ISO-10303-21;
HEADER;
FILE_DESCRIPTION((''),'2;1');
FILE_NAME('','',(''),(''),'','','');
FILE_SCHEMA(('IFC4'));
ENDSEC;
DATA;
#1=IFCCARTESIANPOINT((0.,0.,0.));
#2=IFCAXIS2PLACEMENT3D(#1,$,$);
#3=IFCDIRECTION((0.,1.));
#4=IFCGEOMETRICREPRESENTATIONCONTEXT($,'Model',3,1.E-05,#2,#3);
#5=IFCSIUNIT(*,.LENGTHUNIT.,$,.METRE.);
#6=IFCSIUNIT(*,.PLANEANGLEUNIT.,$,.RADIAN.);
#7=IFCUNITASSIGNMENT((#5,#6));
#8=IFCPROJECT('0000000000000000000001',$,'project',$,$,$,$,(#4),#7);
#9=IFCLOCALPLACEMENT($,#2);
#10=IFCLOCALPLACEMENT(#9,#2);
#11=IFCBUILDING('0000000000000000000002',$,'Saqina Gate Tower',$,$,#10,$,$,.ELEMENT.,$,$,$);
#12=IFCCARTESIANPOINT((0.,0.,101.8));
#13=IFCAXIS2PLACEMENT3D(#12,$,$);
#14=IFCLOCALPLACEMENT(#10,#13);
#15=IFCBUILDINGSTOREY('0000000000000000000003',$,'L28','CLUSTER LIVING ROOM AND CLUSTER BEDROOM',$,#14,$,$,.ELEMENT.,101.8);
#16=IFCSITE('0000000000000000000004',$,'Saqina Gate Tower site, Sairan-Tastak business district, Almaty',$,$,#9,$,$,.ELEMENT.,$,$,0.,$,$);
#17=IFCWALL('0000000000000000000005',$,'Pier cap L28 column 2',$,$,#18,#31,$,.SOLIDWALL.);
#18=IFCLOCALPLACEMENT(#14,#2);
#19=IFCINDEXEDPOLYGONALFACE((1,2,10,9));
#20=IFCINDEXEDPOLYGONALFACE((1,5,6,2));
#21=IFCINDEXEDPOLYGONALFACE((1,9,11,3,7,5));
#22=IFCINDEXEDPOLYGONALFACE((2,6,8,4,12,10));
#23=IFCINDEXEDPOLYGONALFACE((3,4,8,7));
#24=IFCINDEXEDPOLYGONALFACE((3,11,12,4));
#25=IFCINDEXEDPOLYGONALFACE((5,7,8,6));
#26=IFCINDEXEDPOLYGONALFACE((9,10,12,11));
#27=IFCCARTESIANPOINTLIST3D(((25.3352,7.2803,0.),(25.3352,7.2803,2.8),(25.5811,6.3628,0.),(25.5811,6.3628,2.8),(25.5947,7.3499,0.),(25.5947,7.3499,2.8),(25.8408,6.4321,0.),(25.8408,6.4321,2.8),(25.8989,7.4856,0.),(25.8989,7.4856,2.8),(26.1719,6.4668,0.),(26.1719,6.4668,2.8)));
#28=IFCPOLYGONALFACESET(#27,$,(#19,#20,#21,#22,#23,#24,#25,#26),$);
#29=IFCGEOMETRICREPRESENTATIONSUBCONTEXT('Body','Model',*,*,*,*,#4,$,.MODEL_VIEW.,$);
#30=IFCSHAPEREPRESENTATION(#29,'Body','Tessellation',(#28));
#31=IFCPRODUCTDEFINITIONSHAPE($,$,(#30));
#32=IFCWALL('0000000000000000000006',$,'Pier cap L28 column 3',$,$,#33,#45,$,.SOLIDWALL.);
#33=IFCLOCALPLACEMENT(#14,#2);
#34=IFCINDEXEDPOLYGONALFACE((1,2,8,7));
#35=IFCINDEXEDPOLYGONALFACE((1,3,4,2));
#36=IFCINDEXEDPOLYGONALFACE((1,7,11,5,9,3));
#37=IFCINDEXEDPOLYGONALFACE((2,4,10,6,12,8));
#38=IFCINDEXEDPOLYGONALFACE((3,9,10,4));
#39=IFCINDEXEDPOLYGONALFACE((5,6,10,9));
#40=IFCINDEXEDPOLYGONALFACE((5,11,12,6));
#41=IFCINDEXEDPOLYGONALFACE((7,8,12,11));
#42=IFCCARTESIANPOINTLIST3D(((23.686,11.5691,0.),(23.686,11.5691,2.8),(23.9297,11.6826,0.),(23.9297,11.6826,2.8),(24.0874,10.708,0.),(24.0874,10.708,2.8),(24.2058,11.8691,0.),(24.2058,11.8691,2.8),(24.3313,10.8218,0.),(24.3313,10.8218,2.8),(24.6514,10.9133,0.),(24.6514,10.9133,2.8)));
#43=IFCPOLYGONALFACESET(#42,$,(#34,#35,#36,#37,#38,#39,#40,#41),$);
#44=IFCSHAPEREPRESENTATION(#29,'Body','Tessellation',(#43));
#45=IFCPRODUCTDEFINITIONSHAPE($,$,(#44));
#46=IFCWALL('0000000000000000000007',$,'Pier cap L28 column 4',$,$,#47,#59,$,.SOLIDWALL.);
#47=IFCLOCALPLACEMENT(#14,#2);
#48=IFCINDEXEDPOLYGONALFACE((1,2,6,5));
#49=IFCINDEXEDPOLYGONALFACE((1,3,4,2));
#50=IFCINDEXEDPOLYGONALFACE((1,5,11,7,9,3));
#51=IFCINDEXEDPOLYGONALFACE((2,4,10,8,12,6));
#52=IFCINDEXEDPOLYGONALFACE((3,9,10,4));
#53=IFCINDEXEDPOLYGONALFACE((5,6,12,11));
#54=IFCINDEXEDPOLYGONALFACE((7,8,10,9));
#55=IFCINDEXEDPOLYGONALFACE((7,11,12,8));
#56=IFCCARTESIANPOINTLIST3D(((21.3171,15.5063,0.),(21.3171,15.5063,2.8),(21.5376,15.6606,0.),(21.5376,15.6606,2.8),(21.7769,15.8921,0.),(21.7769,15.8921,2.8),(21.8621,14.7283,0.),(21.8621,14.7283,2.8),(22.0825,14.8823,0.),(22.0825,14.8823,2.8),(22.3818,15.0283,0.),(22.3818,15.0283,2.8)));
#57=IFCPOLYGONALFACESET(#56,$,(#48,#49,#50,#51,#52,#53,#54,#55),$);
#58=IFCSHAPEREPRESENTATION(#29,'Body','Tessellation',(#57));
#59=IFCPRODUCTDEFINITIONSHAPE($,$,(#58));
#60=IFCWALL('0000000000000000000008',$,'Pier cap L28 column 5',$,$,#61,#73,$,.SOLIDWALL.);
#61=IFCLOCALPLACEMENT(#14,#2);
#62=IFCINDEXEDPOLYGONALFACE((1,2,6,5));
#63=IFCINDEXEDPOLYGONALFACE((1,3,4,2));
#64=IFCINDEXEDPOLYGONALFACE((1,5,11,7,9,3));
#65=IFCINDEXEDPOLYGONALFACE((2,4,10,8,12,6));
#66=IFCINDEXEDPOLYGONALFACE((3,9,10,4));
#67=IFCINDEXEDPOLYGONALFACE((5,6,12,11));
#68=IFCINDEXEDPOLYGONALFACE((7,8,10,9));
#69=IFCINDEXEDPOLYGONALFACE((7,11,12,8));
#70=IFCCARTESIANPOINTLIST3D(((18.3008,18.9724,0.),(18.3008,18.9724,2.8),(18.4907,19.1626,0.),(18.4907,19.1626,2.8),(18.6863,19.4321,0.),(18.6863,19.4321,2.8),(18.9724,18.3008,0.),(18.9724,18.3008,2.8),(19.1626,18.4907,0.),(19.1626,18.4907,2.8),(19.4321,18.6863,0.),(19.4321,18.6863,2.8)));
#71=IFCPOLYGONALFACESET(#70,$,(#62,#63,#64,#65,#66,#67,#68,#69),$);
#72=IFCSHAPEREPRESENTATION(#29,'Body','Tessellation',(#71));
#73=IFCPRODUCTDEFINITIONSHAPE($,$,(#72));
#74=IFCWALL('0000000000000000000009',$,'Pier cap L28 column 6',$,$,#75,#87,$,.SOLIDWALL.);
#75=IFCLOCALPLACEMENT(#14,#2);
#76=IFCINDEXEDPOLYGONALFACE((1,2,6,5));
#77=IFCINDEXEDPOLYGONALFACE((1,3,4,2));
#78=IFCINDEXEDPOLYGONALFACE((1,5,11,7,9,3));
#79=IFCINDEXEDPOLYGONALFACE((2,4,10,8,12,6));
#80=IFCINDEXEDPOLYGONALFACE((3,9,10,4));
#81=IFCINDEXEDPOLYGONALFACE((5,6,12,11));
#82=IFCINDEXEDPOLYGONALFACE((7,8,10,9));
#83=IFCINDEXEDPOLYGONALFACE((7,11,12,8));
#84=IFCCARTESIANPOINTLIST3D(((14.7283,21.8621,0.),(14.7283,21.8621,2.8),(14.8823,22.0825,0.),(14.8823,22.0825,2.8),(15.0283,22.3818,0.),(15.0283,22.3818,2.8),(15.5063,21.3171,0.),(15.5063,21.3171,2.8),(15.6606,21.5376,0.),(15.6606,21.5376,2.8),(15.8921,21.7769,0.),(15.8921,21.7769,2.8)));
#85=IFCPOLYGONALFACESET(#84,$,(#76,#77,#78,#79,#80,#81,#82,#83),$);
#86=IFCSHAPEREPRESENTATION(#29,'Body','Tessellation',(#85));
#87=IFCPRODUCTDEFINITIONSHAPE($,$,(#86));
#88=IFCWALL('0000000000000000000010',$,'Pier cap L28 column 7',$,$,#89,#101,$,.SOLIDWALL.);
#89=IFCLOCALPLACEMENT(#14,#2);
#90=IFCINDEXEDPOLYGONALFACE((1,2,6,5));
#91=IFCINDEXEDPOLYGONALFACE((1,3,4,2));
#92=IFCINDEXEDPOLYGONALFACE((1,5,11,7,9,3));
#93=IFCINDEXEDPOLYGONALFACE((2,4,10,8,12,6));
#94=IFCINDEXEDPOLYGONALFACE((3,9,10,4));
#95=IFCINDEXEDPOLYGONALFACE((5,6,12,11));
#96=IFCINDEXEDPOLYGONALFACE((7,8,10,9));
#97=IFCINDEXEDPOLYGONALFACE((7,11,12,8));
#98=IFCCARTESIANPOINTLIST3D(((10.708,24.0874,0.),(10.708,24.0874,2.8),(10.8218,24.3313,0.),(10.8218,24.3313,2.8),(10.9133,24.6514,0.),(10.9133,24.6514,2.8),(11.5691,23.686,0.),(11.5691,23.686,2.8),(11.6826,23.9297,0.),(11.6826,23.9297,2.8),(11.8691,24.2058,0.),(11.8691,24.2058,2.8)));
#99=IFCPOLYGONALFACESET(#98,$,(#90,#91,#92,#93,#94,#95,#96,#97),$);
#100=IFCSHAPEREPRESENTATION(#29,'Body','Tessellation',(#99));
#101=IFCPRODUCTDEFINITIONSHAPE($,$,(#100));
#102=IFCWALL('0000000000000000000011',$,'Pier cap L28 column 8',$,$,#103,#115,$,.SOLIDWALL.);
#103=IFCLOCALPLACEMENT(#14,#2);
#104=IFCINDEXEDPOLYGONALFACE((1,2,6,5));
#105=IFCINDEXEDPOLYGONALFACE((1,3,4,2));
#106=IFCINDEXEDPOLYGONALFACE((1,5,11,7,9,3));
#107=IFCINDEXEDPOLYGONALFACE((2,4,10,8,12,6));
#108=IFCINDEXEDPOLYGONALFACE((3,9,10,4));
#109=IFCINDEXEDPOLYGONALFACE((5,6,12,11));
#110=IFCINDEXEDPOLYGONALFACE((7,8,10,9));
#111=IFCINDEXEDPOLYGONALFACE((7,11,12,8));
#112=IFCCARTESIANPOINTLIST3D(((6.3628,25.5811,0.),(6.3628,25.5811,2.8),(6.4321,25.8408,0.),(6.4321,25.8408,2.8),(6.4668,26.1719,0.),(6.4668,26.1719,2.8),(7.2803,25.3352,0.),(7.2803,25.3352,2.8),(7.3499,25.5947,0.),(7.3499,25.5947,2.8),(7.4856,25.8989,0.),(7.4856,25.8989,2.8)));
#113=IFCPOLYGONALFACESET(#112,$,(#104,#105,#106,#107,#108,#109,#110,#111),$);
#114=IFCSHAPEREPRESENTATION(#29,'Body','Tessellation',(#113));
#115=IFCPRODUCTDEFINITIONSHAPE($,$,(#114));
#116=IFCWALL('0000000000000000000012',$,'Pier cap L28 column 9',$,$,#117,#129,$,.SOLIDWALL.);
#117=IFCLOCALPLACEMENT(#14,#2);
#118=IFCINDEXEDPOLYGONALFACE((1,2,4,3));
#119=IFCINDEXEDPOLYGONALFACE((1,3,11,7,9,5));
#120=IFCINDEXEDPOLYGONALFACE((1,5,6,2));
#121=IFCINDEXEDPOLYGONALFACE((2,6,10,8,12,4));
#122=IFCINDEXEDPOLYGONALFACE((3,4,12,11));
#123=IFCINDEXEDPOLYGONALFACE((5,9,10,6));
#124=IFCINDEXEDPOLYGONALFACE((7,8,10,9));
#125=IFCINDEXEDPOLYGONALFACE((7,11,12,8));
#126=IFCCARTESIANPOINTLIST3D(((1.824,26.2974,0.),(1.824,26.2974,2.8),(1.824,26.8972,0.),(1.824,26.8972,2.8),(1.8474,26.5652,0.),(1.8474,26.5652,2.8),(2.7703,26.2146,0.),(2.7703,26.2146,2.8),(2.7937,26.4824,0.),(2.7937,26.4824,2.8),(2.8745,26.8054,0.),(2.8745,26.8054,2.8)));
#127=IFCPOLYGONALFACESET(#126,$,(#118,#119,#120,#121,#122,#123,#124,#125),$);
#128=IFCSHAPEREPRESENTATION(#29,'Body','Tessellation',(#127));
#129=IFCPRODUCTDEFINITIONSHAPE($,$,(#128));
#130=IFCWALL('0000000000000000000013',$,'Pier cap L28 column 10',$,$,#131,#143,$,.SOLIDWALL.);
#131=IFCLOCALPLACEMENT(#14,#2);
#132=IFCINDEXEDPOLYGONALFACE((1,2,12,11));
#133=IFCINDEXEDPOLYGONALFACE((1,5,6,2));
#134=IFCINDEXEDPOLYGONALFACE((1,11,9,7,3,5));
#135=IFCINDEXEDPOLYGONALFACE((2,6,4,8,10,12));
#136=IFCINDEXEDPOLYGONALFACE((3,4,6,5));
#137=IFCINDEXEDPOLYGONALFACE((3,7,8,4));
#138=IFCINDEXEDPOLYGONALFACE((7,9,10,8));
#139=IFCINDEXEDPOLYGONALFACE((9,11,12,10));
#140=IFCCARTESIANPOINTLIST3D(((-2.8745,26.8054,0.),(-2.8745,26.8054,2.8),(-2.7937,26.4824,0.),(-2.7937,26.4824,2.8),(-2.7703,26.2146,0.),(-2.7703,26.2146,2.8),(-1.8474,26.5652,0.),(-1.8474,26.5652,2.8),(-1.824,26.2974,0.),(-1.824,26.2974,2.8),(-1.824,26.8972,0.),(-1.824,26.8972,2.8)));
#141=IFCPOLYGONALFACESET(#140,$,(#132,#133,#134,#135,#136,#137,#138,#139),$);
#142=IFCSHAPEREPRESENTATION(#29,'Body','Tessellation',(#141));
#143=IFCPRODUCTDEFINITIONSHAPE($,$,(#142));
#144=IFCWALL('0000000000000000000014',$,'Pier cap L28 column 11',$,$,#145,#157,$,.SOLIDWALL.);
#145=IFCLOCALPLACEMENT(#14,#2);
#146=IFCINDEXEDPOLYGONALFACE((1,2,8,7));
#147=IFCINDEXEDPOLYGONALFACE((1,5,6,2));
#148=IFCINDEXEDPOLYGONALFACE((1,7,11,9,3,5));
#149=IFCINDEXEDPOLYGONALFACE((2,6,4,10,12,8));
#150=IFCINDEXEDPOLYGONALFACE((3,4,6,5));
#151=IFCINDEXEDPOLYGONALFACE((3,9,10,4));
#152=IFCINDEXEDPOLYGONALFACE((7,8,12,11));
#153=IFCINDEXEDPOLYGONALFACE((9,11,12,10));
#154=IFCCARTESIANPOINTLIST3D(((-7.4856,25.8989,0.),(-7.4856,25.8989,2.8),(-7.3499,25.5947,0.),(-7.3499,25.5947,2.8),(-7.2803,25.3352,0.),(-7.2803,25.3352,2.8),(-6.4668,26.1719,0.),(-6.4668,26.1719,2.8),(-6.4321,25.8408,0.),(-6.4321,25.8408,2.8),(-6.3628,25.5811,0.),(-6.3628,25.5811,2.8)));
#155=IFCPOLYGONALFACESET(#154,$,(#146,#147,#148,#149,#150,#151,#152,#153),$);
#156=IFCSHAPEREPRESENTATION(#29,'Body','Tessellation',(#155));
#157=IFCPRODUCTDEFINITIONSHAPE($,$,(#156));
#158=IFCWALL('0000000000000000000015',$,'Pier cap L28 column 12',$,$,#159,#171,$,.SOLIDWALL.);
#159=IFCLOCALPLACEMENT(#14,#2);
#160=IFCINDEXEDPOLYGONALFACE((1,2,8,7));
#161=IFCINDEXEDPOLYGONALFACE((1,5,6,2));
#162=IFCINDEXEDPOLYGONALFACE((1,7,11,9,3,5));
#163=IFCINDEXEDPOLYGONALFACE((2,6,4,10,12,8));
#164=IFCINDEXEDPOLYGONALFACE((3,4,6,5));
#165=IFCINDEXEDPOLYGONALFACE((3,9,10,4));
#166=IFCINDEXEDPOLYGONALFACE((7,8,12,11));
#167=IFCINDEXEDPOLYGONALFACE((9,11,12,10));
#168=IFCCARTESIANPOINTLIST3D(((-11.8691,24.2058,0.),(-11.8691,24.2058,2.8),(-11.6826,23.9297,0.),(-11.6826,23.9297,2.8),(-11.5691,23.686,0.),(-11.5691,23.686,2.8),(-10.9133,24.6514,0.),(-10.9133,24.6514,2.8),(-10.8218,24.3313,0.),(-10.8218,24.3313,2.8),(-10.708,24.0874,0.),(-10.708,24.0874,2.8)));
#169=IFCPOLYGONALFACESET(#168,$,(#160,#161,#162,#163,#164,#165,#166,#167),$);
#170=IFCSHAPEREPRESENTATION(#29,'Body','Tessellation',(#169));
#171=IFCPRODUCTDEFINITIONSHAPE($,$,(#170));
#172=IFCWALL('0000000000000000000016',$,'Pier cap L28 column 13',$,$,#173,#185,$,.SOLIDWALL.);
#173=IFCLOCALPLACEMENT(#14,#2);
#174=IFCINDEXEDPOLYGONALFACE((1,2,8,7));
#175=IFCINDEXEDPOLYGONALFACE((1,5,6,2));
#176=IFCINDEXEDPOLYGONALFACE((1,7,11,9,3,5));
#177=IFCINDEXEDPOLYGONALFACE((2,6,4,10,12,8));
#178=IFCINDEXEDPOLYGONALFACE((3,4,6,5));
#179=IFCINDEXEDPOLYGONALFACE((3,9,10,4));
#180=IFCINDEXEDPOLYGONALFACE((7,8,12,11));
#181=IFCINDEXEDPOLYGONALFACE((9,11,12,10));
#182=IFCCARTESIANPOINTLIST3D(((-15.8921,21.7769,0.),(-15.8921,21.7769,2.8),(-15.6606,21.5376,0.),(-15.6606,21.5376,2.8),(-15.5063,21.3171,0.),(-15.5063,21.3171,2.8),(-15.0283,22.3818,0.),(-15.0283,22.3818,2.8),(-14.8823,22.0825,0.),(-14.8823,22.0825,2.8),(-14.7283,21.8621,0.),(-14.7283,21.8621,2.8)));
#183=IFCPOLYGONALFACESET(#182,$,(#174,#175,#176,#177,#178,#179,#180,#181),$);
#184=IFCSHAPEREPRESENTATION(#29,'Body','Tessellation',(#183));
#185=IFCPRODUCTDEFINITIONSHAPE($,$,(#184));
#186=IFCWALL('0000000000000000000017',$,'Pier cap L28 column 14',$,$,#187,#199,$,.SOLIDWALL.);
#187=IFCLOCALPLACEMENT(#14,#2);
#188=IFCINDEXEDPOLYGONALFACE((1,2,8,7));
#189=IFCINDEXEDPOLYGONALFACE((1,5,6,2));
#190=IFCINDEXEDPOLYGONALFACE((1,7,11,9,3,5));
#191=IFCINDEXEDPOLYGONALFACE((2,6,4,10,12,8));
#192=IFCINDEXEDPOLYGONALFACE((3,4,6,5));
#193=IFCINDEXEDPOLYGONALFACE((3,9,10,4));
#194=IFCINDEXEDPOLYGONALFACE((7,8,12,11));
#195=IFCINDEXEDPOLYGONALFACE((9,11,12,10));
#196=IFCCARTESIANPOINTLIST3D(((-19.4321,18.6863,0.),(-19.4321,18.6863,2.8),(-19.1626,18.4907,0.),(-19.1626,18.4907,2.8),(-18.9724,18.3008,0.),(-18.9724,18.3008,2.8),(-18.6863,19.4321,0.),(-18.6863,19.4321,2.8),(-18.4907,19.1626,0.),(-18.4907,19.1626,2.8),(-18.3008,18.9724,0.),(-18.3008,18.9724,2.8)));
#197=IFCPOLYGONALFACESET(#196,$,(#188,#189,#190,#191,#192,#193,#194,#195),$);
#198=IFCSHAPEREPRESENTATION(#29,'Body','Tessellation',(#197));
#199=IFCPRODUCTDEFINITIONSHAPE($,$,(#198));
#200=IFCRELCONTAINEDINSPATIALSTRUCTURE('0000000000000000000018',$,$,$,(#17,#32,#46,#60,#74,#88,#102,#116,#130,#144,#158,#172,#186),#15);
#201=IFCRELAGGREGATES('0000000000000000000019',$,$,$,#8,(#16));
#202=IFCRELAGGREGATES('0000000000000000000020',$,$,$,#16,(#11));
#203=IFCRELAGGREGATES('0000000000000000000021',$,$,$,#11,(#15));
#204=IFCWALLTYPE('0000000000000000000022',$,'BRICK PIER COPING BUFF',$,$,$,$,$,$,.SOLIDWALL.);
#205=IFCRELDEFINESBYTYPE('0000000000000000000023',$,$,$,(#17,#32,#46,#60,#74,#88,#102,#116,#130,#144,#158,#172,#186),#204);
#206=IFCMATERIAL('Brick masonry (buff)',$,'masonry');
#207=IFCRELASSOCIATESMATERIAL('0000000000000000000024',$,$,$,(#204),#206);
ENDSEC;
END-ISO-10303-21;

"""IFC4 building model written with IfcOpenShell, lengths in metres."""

from ifc_helpers import new_model, si_unit, direction, frame, origin, place, context, subcontext, project, spatial, polyline, outline, extrude, material, type_object, element, save


model = new_model("IFC4")

# Units and contexts
model_context = context("Model", 3, precision=1e-05, world=origin(), true_north=direction((0.0, 1.0)))
body_context = subcontext(model_context, "Body", "Model", "MODEL_VIEW")
ifc_project = project(units=[si_unit("LENGTHUNIT", "METRE"), si_unit("PLANEANGLEUNIT", "RADIAN")], contexts=[model_context])

# Site, building, storey
site_placement = place(None, origin())
site = spatial("IfcSite", under=ifc_project, at=site_placement, Name="Saqina Gate Tower site, Sairan-Tastak business district, Almaty", CompositionType="ELEMENT", RefElevation=0.0)
building_placement = place(site_placement, origin())
building = spatial("IfcBuilding", under=site, at=building_placement, Name="Saqina Gate Tower", CompositionType="ELEMENT")
storey_placement = place(building_placement, frame((0.0, 0.0, 101.8)))
storey = spatial("IfcBuildingStorey", under=building, at=storey_placement, Name="L28", Description="CLUSTER LIVING ROOM AND CLUSTER BEDROOM", CompositionType="ELEMENT", Elevation=101.8)

# Walls
ifc_material_1 = material(Name="Brick masonry (buff)", Category="masonry")
wall_type_1 = type_object("IfcWallType", Name="BRICK PIER COPING BUFF", PredefinedType="SOLIDWALL", material=ifc_material_1)
wall_1_placement = place(storey_placement, origin())
element("IfcWall", 1, at=wall_1_placement, inside=storey, type_object=wall_type_1, Name="Pier cap L28 column 2", PredefinedType="SOLIDWALL", context=body_context, shape_type="SweptSolid", body=[
    extrude(outline(polyline([(26.1719, 6.4668), (25.8989, 7.4856), (25.3352, 7.2803), (25.5947, 7.3499), (25.8408, 6.4321), (25.5811, 6.3628), (26.1719, 6.4668)])), origin(), (0.0, 0.0, 1.0), 2.8),
])
wall_2_placement = place(storey_placement, origin())
element("IfcWall", 2, at=wall_2_placement, inside=storey, type_object=wall_type_1, Name="Pier cap L28 column 3", PredefinedType="SOLIDWALL", context=body_context, shape_type="SweptSolid", body=[
    extrude(outline(polyline([(24.6514, 10.9133), (24.2058, 11.8691), (23.686, 11.5691), (23.9297, 11.6826), (24.3313, 10.8218), (24.0874, 10.708), (24.6514, 10.9133)])), origin(), (0.0, 0.0, 1.0), 2.8),
])
wall_3_placement = place(storey_placement, origin())
element("IfcWall", 3, at=wall_3_placement, inside=storey, type_object=wall_type_1, Name="Pier cap L28 column 4", PredefinedType="SOLIDWALL", context=body_context, shape_type="SweptSolid", body=[
    extrude(outline(polyline([(21.7769, 15.8921), (21.3171, 15.5063), (21.5376, 15.6606), (22.0825, 14.8823), (21.8621, 14.7283), (22.3818, 15.0283), (21.7769, 15.8921)])), origin(), (0.0, 0.0, 1.0), 2.8),
])
wall_4_placement = place(storey_placement, origin())
element("IfcWall", 4, at=wall_4_placement, inside=storey, type_object=wall_type_1, Name="Pier cap L28 column 5", PredefinedType="SOLIDWALL", context=body_context, shape_type="SweptSolid", body=[
    extrude(outline(polyline([(19.4321, 18.6863), (18.6863, 19.4321), (18.3008, 18.9724), (18.4907, 19.1626), (19.1626, 18.4907), (18.9724, 18.3008), (19.4321, 18.6863)])), origin(), (0.0, 0.0, 1.0), 2.8),
])
wall_5_placement = place(storey_placement, origin())
element("IfcWall", 5, at=wall_5_placement, inside=storey, type_object=wall_type_1, Name="Pier cap L28 column 6", PredefinedType="SOLIDWALL", context=body_context, shape_type="SweptSolid", body=[
    extrude(outline(polyline([(15.0283, 22.3818), (14.7283, 21.8621), (14.8823, 22.0825), (15.6606, 21.5376), (15.5063, 21.3171), (15.8921, 21.7769), (15.0283, 22.3818)])), origin(), (0.0, 0.0, 1.0), 2.8),
])
wall_6_placement = place(storey_placement, origin())
element("IfcWall", 6, at=wall_6_placement, inside=storey, type_object=wall_type_1, Name="Pier cap L28 column 7", PredefinedType="SOLIDWALL", context=body_context, shape_type="SweptSolid", body=[
    extrude(outline(polyline([(10.9133, 24.6514), (10.708, 24.0874), (10.8218, 24.3313), (11.6826, 23.9297), (11.5691, 23.686), (11.8691, 24.2058), (10.9133, 24.6514)])), origin(), (0.0, 0.0, 1.0), 2.8),
])
wall_7_placement = place(storey_placement, origin())
element("IfcWall", 7, at=wall_7_placement, inside=storey, type_object=wall_type_1, Name="Pier cap L28 column 8", PredefinedType="SOLIDWALL", context=body_context, shape_type="SweptSolid", body=[
    extrude(outline(polyline([(7.4856, 25.8989), (6.4668, 26.1719), (6.3628, 25.5811), (6.4321, 25.8408), (7.3499, 25.5947), (7.2803, 25.3352), (7.4856, 25.8989)])), origin(), (0.0, 0.0, 1.0), 2.8),
])
wall_8_placement = place(storey_placement, origin())
element("IfcWall", 8, at=wall_8_placement, inside=storey, type_object=wall_type_1, Name="Pier cap L28 column 9", PredefinedType="SOLIDWALL", context=body_context, shape_type="SweptSolid", body=[
    extrude(outline(polyline([(2.8745, 26.8054), (1.824, 26.8972), (1.824, 26.2974), (1.8474, 26.5652), (2.7937, 26.4824), (2.7703, 26.2146), (2.8745, 26.8054)])), origin(), (0.0, 0.0, 1.0), 2.8),
])
wall_9_placement = place(storey_placement, origin())
element("IfcWall", 9, at=wall_9_placement, inside=storey, type_object=wall_type_1, Name="Pier cap L28 column 10", PredefinedType="SOLIDWALL", context=body_context, shape_type="SweptSolid", body=[
    extrude(outline(polyline([(-2.8745, 26.8054), (-2.7703, 26.2146), (-2.7937, 26.4824), (-1.8474, 26.5652), (-1.824, 26.2974), (-1.824, 26.8972), (-2.8745, 26.8054)])), origin(), (0.0, 0.0, 1.0), 2.8),
])
wall_10_placement = place(storey_placement, origin())
element("IfcWall", 10, at=wall_10_placement, inside=storey, type_object=wall_type_1, Name="Pier cap L28 column 11", PredefinedType="SOLIDWALL", context=body_context, shape_type="SweptSolid", body=[
    extrude(outline(polyline([(-6.4668, 26.1719), (-7.4856, 25.8989), (-7.2803, 25.3352), (-7.3499, 25.5947), (-6.4321, 25.8408), (-6.3628, 25.5811), (-6.4668, 26.1719)])), origin(), (0.0, 0.0, 1.0), 2.8),
])
wall_11_placement = place(storey_placement, origin())
element("IfcWall", 11, at=wall_11_placement, inside=storey, type_object=wall_type_1, Name="Pier cap L28 column 12", PredefinedType="SOLIDWALL", context=body_context, shape_type="SweptSolid", body=[
    extrude(outline(polyline([(-10.9133, 24.6514), (-11.8691, 24.2058), (-11.5691, 23.686), (-11.6826, 23.9297), (-10.8218, 24.3313), (-10.708, 24.0874), (-10.9133, 24.6514)])), origin(), (0.0, 0.0, 1.0), 2.8),
])
wall_12_placement = place(storey_placement, origin())
element("IfcWall", 12, at=wall_12_placement, inside=storey, type_object=wall_type_1, Name="Pier cap L28 column 13", PredefinedType="SOLIDWALL", context=body_context, shape_type="SweptSolid", body=[
    extrude(outline(polyline([(-15.8921, 21.7769), (-15.5063, 21.3171), (-15.6606, 21.5376), (-14.8823, 22.0825), (-14.7283, 21.8621), (-15.0283, 22.3818), (-15.8921, 21.7769)])), origin(), (0.0, 0.0, 1.0), 2.8),
])
wall_13_placement = place(storey_placement, origin())
element("IfcWall", 13, at=wall_13_placement, inside=storey, type_object=wall_type_1, Name="Pier cap L28 column 14", PredefinedType="SOLIDWALL", context=body_context, shape_type="SweptSolid", body=[
    extrude(outline(polyline([(-18.6863, 19.4321), (-19.4321, 18.6863), (-18.9724, 18.3008), (-19.1626, 18.4907), (-18.4907, 19.1626), (-18.3008, 18.9724), (-18.6863, 19.4321)])), origin(), (0.0, 0.0, 1.0), 2.8),
])

save(model, "model.ifc")
